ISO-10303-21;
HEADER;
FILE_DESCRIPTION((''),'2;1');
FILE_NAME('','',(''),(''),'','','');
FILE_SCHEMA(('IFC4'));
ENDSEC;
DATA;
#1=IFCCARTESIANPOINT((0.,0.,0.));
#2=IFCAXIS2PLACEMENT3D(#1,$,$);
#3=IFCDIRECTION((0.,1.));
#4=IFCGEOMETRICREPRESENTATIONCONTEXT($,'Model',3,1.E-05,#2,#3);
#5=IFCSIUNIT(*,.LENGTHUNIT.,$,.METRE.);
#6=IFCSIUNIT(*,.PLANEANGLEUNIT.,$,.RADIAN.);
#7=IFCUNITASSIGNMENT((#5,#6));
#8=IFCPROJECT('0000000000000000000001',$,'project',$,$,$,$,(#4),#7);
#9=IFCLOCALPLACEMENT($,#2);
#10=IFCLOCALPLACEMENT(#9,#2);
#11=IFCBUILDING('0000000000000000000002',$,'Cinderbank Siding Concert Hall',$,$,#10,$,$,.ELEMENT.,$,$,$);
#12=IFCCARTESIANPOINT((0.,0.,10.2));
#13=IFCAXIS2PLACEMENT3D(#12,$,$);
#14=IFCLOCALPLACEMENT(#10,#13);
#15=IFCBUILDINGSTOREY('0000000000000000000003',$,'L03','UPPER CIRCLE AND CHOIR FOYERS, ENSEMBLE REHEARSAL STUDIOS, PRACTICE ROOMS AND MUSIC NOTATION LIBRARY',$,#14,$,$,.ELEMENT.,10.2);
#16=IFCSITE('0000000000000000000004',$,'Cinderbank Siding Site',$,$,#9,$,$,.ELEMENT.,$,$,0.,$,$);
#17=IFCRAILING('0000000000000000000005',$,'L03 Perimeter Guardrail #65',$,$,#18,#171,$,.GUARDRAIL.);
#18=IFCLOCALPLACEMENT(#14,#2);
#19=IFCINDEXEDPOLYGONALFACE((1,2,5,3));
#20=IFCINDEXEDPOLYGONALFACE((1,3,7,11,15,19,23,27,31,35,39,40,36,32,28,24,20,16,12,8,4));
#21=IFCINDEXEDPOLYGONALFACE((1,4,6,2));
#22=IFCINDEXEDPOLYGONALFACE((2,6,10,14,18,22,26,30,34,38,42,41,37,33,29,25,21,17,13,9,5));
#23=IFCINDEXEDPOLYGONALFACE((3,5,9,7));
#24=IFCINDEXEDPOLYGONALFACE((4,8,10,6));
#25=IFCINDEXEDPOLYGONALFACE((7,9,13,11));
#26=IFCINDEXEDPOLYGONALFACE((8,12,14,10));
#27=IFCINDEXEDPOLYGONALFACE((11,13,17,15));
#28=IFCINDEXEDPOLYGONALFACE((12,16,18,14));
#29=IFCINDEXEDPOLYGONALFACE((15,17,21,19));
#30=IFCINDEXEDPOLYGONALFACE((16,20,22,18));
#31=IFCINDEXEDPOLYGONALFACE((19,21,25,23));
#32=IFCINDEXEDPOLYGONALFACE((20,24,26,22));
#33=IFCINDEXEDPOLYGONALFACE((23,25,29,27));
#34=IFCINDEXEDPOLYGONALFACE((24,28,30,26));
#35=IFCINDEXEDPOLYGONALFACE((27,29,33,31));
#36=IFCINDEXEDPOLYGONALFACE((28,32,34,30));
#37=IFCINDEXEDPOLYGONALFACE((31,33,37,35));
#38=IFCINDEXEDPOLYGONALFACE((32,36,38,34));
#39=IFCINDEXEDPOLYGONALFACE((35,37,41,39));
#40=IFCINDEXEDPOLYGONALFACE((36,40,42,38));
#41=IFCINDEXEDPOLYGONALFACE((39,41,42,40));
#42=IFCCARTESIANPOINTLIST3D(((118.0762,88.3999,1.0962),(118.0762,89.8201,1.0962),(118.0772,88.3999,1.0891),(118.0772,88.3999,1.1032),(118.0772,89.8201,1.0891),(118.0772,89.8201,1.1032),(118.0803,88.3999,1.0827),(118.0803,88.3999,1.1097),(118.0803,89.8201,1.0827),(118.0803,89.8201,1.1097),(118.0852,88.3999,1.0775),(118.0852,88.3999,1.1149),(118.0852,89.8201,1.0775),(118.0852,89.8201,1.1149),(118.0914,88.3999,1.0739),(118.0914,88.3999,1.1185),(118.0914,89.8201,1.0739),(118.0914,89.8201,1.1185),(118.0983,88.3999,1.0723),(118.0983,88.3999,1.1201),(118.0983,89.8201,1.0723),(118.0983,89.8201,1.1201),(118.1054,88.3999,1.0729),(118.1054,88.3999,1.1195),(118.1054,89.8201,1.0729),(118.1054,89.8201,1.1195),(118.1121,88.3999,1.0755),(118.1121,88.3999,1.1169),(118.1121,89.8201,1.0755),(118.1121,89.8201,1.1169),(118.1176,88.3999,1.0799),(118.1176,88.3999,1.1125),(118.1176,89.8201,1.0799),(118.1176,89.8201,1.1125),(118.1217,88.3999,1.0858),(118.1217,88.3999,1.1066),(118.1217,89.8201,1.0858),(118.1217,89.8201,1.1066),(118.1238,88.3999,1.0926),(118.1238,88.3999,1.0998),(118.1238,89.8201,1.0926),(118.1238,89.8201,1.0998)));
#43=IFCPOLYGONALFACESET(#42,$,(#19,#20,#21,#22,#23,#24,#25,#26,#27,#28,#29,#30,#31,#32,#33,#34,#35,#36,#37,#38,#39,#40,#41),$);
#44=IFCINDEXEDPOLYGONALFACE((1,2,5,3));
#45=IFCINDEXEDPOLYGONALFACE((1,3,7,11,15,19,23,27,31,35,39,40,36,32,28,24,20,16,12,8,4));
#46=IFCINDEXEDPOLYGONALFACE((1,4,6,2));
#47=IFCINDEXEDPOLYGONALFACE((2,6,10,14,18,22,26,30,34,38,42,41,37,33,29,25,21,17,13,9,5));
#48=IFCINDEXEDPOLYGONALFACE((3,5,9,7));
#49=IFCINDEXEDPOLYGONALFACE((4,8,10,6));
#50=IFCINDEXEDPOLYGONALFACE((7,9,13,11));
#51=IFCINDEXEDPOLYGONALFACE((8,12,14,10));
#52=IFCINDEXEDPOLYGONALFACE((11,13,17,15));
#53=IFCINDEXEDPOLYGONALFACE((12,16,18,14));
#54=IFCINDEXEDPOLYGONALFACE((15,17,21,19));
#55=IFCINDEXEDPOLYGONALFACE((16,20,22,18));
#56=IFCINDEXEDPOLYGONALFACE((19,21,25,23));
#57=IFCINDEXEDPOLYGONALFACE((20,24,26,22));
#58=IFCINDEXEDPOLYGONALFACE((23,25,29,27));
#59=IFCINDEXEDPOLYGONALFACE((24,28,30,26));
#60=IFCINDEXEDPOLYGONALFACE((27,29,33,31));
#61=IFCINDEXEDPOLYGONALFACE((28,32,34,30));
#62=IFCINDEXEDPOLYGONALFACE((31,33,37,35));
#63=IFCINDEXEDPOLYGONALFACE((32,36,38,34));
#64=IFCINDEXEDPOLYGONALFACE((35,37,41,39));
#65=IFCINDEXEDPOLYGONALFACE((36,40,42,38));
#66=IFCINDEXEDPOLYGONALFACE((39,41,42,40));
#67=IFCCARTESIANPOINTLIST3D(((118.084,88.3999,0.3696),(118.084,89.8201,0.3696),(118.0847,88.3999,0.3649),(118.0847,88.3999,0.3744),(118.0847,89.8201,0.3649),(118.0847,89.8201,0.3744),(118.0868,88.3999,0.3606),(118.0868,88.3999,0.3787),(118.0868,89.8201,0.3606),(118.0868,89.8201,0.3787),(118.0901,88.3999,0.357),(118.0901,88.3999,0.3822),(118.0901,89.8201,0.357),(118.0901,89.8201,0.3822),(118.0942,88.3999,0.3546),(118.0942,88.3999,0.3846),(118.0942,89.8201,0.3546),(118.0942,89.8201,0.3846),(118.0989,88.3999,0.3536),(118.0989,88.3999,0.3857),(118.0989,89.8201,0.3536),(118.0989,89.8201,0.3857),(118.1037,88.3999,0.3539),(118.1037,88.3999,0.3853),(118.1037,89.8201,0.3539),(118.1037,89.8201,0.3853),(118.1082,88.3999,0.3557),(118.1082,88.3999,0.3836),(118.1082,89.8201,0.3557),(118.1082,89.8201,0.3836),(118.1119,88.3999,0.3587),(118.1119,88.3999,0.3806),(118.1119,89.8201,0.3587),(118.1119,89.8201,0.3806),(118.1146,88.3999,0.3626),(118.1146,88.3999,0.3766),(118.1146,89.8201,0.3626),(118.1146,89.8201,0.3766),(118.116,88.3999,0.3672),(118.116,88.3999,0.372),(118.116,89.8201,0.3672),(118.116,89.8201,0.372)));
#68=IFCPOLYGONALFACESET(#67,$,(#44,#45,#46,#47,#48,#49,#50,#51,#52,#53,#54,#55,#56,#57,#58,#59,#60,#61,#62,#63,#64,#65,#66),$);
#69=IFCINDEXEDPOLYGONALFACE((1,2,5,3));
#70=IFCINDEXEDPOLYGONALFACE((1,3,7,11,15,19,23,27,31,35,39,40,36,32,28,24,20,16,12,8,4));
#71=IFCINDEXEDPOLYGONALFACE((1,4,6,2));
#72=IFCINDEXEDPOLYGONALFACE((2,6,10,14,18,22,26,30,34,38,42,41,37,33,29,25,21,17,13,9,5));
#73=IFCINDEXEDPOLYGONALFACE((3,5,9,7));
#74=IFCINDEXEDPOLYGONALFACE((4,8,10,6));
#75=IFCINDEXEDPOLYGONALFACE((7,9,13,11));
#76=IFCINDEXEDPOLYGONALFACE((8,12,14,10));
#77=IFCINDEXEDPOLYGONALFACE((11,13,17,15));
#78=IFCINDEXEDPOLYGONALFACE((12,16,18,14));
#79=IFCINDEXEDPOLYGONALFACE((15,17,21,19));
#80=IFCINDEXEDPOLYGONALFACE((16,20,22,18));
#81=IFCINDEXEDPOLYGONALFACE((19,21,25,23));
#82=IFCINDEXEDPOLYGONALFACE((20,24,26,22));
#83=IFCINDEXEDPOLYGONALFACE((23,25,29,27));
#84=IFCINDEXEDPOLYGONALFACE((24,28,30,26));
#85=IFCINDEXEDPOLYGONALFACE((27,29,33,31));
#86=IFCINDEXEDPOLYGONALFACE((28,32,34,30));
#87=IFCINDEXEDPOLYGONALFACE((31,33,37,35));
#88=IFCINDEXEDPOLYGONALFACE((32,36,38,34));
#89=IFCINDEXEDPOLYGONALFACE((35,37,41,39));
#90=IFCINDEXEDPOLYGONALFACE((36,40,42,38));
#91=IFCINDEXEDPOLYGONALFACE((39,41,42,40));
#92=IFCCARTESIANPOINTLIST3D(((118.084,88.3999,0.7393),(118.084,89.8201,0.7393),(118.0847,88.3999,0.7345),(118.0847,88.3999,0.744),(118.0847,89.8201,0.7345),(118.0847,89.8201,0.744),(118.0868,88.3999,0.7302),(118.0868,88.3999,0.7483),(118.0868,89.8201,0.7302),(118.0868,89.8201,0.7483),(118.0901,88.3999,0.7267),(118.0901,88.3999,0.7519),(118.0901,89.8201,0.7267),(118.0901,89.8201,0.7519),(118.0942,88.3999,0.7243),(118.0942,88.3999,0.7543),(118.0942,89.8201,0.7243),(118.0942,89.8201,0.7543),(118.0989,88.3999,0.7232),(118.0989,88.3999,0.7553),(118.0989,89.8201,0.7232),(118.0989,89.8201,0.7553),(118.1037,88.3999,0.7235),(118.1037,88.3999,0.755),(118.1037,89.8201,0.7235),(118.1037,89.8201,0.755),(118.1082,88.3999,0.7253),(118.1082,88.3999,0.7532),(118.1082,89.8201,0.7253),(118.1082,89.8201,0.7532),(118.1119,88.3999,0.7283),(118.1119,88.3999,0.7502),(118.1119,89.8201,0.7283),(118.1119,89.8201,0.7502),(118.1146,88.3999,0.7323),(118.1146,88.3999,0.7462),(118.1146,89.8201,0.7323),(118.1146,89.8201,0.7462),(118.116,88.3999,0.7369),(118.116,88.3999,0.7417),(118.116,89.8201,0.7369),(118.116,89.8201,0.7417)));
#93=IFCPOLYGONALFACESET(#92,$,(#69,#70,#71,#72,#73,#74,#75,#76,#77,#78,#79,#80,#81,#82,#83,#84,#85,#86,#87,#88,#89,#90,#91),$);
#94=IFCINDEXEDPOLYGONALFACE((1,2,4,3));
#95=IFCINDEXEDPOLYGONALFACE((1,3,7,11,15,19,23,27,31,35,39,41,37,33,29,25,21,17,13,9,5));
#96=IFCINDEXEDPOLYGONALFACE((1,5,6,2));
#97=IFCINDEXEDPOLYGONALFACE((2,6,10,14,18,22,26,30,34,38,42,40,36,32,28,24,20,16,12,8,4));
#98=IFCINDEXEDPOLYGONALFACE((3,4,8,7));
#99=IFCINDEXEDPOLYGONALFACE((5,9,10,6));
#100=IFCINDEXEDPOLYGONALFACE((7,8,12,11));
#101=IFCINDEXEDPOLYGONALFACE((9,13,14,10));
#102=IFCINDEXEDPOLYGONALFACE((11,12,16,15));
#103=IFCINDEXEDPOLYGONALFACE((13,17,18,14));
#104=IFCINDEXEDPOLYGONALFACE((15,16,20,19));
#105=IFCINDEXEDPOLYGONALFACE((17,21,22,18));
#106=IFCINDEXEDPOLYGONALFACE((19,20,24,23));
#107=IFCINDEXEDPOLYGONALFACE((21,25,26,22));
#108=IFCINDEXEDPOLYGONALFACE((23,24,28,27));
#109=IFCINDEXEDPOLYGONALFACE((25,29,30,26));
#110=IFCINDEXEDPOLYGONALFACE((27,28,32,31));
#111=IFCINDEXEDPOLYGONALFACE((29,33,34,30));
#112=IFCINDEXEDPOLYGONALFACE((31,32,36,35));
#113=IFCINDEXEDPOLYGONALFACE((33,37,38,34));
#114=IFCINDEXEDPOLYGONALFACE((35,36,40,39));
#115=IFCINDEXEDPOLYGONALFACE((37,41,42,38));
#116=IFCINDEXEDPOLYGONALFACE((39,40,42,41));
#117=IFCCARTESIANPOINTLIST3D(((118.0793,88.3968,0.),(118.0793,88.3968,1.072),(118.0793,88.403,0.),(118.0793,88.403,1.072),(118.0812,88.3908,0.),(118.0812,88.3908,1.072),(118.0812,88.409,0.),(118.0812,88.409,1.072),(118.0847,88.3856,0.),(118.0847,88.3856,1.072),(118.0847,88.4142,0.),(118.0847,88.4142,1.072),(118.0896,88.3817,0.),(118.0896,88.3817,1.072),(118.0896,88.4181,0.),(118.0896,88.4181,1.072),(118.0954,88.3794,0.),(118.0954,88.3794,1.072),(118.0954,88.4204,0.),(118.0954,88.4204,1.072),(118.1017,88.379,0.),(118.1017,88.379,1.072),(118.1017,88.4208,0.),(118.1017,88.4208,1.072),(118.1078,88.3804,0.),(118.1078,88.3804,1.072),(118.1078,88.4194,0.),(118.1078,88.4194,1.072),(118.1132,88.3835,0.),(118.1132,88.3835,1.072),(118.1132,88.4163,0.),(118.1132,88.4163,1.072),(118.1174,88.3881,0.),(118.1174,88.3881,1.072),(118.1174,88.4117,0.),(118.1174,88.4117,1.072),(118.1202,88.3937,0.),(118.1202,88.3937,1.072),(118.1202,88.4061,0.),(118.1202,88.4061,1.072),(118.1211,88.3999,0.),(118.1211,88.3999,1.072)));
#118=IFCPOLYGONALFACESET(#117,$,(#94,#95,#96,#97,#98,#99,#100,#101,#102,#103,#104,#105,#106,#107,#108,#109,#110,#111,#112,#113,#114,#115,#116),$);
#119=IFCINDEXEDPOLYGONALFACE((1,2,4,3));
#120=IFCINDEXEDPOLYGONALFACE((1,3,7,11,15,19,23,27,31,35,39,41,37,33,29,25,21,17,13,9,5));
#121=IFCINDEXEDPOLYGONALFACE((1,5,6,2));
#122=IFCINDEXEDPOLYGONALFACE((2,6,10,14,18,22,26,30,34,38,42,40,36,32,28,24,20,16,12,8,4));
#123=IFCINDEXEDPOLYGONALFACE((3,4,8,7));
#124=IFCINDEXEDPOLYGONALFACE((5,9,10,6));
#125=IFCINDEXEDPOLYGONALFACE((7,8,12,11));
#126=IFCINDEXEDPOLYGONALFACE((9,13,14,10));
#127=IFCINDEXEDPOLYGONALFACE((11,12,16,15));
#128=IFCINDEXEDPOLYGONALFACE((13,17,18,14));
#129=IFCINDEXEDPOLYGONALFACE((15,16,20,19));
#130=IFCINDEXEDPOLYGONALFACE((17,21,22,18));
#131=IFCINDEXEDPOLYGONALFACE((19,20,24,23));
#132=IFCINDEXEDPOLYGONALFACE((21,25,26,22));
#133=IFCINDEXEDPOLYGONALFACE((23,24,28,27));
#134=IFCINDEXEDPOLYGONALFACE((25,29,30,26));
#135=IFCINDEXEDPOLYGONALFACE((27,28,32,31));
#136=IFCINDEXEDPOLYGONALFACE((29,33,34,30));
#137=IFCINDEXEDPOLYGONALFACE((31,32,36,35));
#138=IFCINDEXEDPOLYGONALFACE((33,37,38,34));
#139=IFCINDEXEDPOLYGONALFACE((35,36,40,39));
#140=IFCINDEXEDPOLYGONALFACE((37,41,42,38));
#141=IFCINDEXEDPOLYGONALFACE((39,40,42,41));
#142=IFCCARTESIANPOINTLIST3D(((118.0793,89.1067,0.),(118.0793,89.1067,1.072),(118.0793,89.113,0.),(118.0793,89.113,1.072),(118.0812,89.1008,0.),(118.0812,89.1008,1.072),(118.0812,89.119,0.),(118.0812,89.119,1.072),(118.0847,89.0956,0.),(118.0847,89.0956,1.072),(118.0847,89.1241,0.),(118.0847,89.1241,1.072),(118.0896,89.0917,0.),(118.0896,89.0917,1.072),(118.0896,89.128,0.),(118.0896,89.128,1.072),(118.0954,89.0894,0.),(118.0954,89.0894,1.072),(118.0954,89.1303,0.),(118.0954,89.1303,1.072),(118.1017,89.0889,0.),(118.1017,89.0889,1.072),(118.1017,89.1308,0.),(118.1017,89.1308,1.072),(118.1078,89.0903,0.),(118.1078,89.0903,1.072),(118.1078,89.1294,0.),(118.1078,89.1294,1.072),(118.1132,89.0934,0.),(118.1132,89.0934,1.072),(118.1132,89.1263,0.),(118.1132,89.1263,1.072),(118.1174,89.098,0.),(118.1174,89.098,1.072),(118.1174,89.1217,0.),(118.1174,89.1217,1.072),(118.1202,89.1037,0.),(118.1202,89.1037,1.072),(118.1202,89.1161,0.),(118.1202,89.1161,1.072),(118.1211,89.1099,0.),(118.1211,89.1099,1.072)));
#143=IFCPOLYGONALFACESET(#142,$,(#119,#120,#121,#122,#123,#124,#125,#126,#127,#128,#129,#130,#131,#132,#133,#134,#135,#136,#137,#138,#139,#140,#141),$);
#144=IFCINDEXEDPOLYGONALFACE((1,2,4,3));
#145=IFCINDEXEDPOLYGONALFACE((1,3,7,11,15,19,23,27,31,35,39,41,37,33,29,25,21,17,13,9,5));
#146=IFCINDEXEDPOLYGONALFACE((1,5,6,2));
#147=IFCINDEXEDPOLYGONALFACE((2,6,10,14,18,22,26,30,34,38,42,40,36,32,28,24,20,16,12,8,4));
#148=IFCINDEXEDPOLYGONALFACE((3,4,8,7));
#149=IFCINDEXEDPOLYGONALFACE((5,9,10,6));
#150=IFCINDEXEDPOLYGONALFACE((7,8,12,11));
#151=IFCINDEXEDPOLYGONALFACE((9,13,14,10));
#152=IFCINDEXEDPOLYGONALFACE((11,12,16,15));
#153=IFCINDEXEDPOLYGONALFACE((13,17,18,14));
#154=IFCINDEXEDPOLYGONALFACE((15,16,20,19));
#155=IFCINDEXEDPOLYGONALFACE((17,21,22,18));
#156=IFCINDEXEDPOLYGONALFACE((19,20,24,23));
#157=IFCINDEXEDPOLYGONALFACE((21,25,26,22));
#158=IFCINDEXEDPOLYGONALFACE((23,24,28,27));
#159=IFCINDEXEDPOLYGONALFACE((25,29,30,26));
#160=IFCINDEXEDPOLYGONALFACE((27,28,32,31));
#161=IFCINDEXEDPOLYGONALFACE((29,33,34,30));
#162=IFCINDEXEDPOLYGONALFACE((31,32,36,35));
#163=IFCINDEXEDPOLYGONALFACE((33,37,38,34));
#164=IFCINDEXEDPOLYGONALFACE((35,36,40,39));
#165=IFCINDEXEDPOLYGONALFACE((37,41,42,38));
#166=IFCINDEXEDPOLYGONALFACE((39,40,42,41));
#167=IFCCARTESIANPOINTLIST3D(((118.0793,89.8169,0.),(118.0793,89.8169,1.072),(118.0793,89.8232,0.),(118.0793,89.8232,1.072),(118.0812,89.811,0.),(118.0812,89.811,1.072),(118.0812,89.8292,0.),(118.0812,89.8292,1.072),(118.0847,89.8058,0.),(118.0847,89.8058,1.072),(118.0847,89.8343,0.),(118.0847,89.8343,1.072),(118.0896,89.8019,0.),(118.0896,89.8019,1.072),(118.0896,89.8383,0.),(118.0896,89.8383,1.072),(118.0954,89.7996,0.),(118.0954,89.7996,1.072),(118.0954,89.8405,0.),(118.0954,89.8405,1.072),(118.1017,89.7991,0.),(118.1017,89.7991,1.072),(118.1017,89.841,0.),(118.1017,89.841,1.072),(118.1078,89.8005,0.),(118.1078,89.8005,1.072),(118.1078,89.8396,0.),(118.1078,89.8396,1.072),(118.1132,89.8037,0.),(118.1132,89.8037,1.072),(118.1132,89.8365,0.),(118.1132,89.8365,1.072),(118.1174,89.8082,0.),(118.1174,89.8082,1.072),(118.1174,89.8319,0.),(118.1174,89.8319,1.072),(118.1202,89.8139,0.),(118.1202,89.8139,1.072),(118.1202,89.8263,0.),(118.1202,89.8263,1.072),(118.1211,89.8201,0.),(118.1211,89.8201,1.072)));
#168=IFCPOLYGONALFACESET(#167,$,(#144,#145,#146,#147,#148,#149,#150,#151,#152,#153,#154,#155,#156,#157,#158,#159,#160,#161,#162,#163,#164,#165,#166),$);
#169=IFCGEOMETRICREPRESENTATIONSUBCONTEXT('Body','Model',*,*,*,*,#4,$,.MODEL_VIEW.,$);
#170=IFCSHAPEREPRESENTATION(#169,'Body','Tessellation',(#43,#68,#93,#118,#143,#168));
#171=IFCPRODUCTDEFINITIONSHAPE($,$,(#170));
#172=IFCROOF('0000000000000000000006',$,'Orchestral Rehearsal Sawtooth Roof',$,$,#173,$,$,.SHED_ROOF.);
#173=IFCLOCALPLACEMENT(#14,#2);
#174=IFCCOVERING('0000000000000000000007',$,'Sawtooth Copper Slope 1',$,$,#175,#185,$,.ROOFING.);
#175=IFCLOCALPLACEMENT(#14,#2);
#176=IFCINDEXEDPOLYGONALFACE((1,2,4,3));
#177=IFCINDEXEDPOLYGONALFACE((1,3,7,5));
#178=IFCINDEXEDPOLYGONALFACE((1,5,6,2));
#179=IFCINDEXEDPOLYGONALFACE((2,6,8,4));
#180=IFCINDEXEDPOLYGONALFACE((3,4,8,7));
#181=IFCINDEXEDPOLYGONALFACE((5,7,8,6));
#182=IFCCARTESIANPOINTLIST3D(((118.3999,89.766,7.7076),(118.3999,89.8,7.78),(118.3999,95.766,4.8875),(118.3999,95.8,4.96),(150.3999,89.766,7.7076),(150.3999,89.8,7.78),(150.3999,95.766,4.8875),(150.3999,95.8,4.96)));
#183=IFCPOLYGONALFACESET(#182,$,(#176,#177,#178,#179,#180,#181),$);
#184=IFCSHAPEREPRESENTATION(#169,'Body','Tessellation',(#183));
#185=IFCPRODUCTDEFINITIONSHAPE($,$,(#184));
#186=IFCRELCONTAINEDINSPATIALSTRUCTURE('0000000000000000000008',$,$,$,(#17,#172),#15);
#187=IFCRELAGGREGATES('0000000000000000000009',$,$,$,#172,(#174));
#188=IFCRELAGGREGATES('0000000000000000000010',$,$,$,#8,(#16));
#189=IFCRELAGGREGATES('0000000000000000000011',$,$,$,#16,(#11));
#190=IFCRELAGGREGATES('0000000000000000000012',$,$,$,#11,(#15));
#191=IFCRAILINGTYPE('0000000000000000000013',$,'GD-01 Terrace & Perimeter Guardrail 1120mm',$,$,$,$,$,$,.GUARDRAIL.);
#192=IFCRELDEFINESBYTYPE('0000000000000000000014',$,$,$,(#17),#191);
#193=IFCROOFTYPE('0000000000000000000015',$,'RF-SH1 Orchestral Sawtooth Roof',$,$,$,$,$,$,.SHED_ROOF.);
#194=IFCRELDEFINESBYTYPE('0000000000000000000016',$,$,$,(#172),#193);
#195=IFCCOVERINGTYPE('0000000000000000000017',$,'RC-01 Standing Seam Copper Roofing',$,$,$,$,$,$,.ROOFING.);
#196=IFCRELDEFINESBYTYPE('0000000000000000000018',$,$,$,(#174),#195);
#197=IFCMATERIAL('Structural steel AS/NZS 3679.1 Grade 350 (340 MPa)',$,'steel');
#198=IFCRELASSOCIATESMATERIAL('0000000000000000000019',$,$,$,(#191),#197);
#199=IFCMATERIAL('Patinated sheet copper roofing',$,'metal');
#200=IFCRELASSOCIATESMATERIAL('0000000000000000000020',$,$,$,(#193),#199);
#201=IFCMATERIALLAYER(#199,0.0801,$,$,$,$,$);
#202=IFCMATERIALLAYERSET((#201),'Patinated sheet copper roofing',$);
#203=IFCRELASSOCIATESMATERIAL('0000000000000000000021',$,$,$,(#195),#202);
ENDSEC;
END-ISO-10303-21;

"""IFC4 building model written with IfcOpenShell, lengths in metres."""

from ifc_helpers import new_model, si_unit, direction, frame, origin, origin_2d, place, context, subcontext, project, spatial, polyline, circle, outline, extrude, material, layer, layer_set, type_object, element, aggregate, save


model = new_model("IFC4")

# Units and contexts
model_context = context("Model", 3, precision=1e-05, world=origin(), true_north=direction((0.0, 1.0)))
body_context = subcontext(model_context, "Body", "Model", "MODEL_VIEW")
ifc_project = project(units=[si_unit("LENGTHUNIT", "METRE"), si_unit("PLANEANGLEUNIT", "RADIAN")], contexts=[model_context])

# Site, building, storey
site_placement = place(None, origin())
site = spatial("IfcSite", under=ifc_project, at=site_placement, Name="Cinderbank Siding Site", CompositionType="ELEMENT", RefElevation=0.0)
building_placement = place(site_placement, origin())
building = spatial("IfcBuilding", under=site, at=building_placement, Name="Cinderbank Siding Concert Hall", CompositionType="ELEMENT")
storey_placement = place(building_placement, frame((0.0, 0.0, 10.2)))
storey = spatial("IfcBuildingStorey", under=building, at=storey_placement, Name="L03", Description="UPPER CIRCLE AND CHOIR FOYERS, ENSEMBLE REHEARSAL STUDIOS, PRACTICE ROOMS AND MUSIC NOTATION LIBRARY", CompositionType="ELEMENT", Elevation=10.2)

# Shared definitions
ifc_material_1 = material(Name="Structural steel AS/NZS 3679.1 Grade 350 (340 MPa)", Category="steel")

# Railing
railing_type = type_object("IfcRailingType", Name="GD-01 Terrace & Perimeter Guardrail 1120mm", PredefinedType="GUARDRAIL", material=ifc_material_1)
railing_1_placement = place(storey_placement, frame((118.1001, 88.3999, 0.0)))
element("IfcRailing", 1, at=railing_1_placement, inside=storey, type_object=railing_type, Name="L03 Perimeter Guardrail #65", PredefinedType="GUARDRAIL", context=body_context, shape_type="SweptSolid", body=[
    extrude(circle(Radius=0.0239, at=origin_2d()), frame((0.0, 0.0, 1.0962), z_axis=(0.0, 1.0, 0.0), x_axis=(-1.0, 0.0, 0.0)), (0.0, 0.0, 1.0), 1.4202),
    extrude(circle(Radius=0.0161, at=origin_2d()), frame((0.0, 0.0, 0.3696), z_axis=(0.0, 1.0, 0.0), x_axis=(-1.0, 0.0, 0.0)), (0.0, 0.0, 1.0), 1.4202),
    extrude(circle(Radius=0.0161, at=origin_2d()), frame((0.0, 0.0, 0.7393), z_axis=(0.0, 1.0, 0.0), x_axis=(-1.0, 0.0, 0.0)), (0.0, 0.0, 1.0), 1.4202),
    extrude(circle(Radius=0.021, at=origin_2d()), origin(), (0.0, 0.0, 1.0), 1.072),
    extrude(circle(Radius=0.021, at=origin_2d()), frame((0.0, 0.71, 0.0)), (0.0, 0.0, 1.0), 1.072),
    extrude(circle(Radius=0.021, at=origin_2d()), frame((0.0, 1.4202, 0.0)), (0.0, 0.0, 1.0), 1.072),
])

# Roof, covering
ifc_material_2 = material(Name="Patinated sheet copper roofing", Category="metal")
roof_type = type_object("IfcRoofType", Name="RF-SH1 Orchestral Sawtooth Roof", PredefinedType="SHED_ROOF", material=ifc_material_2)
roof_placement = place(storey_placement, origin())
roof = element("IfcRoof", 2, at=roof_placement, inside=storey, type_object=roof_type, Name="Orchestral Rehearsal Sawtooth Roof", PredefinedType="SHED_ROOF")
ifc_layer_1 = layer(ifc_material_2, 0.0801)
ifc_layer_set_1 = layer_set([ifc_layer_1], Name="Patinated sheet copper roofing")
covering_type = type_object("IfcCoveringType", Name="RC-01 Standing Seam Copper Roofing", PredefinedType="ROOFING", material=ifc_layer_set_1)
covering_placement = place(storey_placement, frame((118.3999, 95.8, 4.96), z_axis=(0.0, 0.42537, 0.90502), x_axis=(1.0, 0.0, 0.0)))
covering = element("IfcCovering", 3, at=covering_placement, type_object=covering_type, Name="Sawtooth Copper Slope 1", PredefinedType="ROOFING", context=body_context, shape_type="SweptSolid", body=[
    extrude(outline(polyline([(0.0, 0.0), (32.0, 0.0), (32.0, -6.6297), (0.0, -6.6297), (0.0, 0.0)])), origin(), (0.0, 0.0, -1.0), 0.0801),
])
aggregate(roof, [covering])

save(model, "model.ifc")
